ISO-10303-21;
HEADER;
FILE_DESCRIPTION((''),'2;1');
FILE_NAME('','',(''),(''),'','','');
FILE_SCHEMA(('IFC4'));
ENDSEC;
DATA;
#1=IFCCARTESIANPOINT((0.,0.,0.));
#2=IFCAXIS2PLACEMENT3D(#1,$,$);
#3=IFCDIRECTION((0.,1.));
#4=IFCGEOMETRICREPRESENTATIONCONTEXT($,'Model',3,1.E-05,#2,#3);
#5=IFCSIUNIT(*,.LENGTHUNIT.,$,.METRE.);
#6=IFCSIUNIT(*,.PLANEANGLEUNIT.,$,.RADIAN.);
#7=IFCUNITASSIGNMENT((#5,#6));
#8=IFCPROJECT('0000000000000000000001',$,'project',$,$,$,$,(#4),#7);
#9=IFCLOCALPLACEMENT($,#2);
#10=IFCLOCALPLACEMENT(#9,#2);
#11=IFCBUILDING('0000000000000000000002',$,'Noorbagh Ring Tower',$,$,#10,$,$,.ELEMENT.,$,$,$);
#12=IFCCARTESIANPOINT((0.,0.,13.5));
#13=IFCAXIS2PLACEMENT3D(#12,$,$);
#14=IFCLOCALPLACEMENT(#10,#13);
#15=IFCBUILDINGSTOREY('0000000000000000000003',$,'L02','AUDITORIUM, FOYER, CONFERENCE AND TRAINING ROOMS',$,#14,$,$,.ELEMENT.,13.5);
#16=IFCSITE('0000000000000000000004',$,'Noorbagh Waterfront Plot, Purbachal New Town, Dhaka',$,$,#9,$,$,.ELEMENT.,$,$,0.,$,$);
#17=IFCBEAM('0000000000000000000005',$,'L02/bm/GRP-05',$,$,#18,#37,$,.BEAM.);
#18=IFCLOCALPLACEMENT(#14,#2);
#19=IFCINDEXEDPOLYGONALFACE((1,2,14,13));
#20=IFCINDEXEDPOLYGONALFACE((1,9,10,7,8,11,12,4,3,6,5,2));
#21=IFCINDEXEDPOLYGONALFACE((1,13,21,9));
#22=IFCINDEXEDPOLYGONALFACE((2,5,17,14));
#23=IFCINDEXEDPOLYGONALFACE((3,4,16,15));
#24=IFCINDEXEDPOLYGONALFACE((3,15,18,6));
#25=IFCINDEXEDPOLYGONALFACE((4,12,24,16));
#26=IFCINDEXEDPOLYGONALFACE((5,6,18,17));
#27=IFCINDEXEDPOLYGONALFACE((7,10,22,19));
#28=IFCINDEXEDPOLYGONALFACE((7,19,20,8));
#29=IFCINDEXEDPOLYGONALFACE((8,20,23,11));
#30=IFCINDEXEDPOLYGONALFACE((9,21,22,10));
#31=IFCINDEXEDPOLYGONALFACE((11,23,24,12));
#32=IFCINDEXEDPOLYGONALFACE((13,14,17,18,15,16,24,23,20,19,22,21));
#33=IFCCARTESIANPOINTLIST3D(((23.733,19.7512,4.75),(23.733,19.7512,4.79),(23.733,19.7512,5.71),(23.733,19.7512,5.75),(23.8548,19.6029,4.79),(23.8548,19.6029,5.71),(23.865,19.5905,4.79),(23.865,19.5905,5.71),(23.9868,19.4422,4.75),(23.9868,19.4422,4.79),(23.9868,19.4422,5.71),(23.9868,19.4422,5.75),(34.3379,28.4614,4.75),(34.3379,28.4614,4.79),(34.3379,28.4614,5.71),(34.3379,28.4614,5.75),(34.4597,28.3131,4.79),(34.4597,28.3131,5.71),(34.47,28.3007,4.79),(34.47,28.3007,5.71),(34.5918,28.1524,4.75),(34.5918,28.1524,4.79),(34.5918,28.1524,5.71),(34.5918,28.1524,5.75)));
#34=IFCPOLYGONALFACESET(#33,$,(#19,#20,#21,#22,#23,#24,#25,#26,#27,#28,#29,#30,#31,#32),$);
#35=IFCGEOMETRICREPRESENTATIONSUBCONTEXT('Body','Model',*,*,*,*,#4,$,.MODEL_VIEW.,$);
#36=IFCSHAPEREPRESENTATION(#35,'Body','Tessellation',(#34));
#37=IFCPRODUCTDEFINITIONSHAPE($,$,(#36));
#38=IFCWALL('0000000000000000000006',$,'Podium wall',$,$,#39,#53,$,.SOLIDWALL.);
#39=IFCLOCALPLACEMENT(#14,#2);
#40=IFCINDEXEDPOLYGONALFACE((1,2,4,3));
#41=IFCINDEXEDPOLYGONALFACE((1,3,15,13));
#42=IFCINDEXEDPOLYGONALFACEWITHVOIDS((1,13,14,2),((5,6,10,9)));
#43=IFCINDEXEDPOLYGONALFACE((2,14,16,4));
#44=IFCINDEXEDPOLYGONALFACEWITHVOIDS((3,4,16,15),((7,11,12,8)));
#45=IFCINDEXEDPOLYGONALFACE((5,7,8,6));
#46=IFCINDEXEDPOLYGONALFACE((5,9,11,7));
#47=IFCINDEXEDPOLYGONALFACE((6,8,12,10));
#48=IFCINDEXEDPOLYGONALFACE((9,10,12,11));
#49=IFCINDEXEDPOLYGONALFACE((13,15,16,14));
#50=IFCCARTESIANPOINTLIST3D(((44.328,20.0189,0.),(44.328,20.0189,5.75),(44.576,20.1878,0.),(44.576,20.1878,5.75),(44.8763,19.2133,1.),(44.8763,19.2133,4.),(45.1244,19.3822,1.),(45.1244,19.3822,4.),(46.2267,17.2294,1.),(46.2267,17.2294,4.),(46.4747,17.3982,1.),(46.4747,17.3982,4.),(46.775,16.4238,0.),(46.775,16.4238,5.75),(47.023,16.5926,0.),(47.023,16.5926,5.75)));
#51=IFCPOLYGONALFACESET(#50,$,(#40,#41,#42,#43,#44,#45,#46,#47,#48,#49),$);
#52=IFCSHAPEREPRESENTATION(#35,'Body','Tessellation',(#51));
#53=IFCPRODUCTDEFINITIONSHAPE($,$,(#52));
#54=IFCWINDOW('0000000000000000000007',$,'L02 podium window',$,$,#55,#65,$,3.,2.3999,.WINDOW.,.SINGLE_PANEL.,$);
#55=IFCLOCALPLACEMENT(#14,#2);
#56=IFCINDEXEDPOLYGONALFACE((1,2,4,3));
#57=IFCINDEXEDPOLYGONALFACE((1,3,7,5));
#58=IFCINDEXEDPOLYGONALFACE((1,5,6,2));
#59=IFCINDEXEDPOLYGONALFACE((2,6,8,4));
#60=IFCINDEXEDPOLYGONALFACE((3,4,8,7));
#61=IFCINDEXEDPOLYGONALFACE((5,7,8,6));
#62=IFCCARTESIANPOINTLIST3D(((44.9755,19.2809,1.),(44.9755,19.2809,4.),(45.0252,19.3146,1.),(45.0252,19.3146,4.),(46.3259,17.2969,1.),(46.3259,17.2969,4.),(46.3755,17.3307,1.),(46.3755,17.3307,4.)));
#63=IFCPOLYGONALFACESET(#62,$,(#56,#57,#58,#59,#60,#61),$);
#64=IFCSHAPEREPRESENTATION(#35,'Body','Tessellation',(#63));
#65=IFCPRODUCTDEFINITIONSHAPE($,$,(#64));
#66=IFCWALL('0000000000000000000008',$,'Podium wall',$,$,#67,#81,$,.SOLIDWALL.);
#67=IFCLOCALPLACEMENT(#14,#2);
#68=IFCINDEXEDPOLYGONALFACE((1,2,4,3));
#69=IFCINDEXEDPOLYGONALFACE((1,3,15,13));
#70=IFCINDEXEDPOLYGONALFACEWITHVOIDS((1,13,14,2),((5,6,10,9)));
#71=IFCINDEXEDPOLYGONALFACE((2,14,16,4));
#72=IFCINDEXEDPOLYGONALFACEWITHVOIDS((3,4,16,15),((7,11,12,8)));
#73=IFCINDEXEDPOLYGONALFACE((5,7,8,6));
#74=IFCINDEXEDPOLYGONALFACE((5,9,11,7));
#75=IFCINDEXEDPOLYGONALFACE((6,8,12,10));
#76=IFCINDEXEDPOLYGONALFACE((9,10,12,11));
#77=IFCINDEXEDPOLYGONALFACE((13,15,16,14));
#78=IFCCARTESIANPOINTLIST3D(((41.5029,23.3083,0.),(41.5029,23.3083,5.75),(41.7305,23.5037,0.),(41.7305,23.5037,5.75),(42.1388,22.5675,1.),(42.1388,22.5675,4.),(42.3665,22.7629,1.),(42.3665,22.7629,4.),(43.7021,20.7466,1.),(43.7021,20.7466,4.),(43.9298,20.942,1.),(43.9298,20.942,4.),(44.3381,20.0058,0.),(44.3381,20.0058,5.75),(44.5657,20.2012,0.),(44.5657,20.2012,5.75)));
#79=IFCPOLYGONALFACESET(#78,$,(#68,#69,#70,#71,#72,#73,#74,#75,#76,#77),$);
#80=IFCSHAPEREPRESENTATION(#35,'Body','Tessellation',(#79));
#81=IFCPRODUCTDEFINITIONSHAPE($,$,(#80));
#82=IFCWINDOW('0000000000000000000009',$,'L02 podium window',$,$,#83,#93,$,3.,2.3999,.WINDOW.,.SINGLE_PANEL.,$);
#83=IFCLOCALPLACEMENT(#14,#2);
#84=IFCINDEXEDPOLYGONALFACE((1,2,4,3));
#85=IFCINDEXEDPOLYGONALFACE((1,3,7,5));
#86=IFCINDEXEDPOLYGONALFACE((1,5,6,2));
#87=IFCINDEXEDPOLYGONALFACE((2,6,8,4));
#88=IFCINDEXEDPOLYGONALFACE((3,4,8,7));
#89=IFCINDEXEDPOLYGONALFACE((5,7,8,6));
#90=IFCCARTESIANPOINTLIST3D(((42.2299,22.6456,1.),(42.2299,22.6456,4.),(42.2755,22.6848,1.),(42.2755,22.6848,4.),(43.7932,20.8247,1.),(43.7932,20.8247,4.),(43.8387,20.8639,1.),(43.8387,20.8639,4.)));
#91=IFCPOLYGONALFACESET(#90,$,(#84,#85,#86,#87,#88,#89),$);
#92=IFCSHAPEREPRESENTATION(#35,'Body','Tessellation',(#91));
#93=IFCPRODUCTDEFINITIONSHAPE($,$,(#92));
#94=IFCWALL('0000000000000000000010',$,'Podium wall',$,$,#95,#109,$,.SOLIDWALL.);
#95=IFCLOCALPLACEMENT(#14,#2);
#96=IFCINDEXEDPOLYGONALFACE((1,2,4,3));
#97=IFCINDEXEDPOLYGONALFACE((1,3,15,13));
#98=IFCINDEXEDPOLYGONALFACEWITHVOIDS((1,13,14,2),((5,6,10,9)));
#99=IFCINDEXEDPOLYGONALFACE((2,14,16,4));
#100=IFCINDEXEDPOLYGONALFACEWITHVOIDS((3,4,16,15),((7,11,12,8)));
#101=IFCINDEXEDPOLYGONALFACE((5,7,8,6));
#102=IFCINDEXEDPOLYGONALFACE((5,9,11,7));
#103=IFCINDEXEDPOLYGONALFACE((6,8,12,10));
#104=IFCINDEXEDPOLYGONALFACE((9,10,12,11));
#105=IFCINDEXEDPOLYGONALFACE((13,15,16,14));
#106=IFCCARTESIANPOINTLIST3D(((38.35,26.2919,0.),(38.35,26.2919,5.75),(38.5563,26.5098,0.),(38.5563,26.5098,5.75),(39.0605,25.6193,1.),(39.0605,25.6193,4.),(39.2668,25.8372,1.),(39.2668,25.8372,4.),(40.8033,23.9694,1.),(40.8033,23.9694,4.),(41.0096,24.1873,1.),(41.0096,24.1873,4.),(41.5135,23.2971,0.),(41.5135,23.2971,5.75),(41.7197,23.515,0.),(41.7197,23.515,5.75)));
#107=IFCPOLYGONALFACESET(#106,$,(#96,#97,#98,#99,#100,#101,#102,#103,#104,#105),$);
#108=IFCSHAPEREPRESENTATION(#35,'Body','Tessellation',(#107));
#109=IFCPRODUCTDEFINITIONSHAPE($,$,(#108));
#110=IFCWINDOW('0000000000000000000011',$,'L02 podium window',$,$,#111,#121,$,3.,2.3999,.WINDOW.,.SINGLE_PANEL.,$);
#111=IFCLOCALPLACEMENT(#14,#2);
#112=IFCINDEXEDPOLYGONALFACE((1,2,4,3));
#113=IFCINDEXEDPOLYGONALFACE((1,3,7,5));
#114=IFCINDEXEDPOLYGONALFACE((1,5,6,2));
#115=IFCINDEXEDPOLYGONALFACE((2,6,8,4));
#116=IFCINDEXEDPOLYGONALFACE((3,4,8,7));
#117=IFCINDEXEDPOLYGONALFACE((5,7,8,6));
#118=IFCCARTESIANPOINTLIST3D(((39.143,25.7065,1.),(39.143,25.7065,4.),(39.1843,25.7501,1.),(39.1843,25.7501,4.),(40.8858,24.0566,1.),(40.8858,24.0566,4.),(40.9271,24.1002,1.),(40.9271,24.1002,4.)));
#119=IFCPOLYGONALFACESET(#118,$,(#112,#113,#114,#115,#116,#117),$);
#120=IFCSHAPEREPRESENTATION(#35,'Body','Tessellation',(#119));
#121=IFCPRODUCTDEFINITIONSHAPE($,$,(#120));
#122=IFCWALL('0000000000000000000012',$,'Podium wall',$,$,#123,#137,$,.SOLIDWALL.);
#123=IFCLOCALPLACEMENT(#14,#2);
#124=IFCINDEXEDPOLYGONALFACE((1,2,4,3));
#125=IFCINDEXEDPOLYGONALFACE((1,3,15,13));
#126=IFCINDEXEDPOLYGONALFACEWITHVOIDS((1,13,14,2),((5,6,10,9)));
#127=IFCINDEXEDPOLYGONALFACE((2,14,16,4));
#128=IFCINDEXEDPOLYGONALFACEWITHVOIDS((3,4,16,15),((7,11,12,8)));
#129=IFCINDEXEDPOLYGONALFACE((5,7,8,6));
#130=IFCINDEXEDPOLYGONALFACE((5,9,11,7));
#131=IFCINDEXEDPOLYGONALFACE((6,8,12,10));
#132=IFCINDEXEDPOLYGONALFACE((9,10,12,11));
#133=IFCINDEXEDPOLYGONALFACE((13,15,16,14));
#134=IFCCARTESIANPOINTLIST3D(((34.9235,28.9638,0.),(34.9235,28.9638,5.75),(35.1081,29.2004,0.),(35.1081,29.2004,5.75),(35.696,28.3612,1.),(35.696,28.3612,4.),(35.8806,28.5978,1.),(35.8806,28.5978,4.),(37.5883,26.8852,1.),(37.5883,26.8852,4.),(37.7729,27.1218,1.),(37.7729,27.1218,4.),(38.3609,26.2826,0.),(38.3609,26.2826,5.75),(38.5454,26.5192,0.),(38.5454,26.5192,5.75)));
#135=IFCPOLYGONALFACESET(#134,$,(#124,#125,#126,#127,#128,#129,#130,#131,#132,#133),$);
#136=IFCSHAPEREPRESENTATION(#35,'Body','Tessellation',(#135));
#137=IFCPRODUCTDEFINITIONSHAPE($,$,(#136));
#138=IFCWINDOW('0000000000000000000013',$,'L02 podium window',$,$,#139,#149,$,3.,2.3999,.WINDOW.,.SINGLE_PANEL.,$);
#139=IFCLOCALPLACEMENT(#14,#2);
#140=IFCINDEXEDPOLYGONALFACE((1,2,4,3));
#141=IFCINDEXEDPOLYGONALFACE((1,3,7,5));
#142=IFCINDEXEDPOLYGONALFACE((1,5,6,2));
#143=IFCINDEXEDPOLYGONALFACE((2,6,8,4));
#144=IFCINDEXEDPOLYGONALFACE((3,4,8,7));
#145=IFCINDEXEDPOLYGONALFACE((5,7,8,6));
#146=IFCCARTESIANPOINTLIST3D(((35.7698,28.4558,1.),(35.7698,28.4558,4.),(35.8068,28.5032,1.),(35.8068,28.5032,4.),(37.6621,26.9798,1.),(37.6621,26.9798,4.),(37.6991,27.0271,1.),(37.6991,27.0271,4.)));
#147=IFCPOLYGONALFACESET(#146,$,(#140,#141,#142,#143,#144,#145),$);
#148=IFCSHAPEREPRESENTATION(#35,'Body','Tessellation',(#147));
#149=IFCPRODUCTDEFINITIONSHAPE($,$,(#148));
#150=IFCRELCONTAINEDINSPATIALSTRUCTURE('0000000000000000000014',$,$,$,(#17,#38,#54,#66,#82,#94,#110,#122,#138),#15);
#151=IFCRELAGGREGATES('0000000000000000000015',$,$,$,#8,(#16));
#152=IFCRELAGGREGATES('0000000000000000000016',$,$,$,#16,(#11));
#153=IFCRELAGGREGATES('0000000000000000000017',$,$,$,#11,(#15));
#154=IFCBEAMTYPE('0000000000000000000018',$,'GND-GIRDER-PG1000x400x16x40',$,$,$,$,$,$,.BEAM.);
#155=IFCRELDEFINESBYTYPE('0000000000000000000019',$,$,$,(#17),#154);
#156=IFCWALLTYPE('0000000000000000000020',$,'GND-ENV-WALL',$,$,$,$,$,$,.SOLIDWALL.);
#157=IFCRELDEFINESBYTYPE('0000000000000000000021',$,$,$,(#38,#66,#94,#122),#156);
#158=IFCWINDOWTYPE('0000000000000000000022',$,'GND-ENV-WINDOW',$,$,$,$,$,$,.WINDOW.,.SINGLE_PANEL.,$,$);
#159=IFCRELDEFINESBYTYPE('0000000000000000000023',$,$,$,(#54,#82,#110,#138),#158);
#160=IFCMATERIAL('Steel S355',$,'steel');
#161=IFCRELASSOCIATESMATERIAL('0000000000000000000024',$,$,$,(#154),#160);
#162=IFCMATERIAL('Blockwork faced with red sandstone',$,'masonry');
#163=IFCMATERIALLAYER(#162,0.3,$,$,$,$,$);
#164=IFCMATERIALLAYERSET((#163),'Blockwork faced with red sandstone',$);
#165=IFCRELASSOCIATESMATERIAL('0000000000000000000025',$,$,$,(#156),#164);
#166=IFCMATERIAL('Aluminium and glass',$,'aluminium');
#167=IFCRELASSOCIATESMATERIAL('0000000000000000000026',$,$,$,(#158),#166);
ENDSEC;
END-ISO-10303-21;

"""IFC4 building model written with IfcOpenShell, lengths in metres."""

from ifc_helpers import new_model, si_unit, direction, frame, frame_2d, origin, origin_2d, place, context, subcontext, project, spatial, rectangle, i_section, extrude, material, layer, layer_set, material_profile, profile_set, type_object, element, fill, save


model = new_model("IFC4")

# Units and contexts
model_context = context("Model", 3, precision=1e-05, world=origin(), true_north=direction((0.0, 1.0)))
body_context = subcontext(model_context, "Body", "Model", "MODEL_VIEW")
ifc_project = project(units=[si_unit("LENGTHUNIT", "METRE"), si_unit("PLANEANGLEUNIT", "RADIAN")], contexts=[model_context])

# Site, building, storey
site_placement = place(None, origin())
site = spatial("IfcSite", under=ifc_project, at=site_placement, Name="Noorbagh Waterfront Plot, Purbachal New Town, Dhaka", CompositionType="ELEMENT", RefElevation=0.0)
building_placement = place(site_placement, origin())
building = spatial("IfcBuilding", under=site, at=building_placement, Name="Noorbagh Ring Tower", CompositionType="ELEMENT")
storey_placement = place(building_placement, frame((0.0, 0.0, 13.5)))
storey = spatial("IfcBuildingStorey", under=building, at=storey_placement, Name="L02", Description="AUDITORIUM, FOYER, CONFERENCE AND TRAINING ROOMS", CompositionType="ELEMENT", Elevation=13.5)

# Beam
ifc_material_1 = material(Name="Steel S355", Category="steel")
ifc_material_profile_1 = material_profile(ifc_material_1, i_section(OverallWidth=0.3999, OverallDepth=1.0, WebThickness=0.0161, FlangeThickness=0.04, at=origin_2d()), Name="PG1000x400x16x40")
ifc_profile_set_1 = profile_set([ifc_material_profile_1], Name="Steel S355")
beam_type_1 = type_object("IfcBeamType", Name="GND-GIRDER-PG1000x400x16x40", PredefinedType="BEAM", material=ifc_profile_set_1)
beam_1_placement = place(storey_placement, frame((34.4648, 28.3069, 5.25), z_axis=(-0.772763, -0.634695, 0.0), x_axis=(0.634695, -0.772763, 0.0)))
element("IfcBeam", 1, at=beam_1_placement, inside=storey, type_object=beam_type_1, Name="L02/bm/GRP-05", PredefinedType="BEAM", context=body_context, shape_type="SweptSolid", body=[
    extrude(i_section(OverallWidth=0.3999, OverallDepth=1.0, WebThickness=0.0161, FlangeThickness=0.04, at=origin_2d()), origin(), (0.0, 0.0, 1.0), 13.7234),
])

# Walls, openings, windows
ifc_material_2 = material(Name="Blockwork faced with red sandstone", Category="masonry")
ifc_layer_1 = layer(ifc_material_2, 0.3)
ifc_layer_set_1 = layer_set([ifc_layer_1], Name="Blockwork faced with red sandstone")
wall_type_1 = type_object("IfcWallType", Name="GND-ENV-WALL", PredefinedType="SOLIDWALL", material=ifc_layer_set_1)
wall_1_placement = place(storey_placement, frame((46.8989, 16.5083, 0.0), z_axis=(0.0, 0.0, 1.0), x_axis=(-0.562668, 0.826683, 0.0)))
wall_1 = element("IfcWall", 2, at=wall_1_placement, inside=storey, type_object=wall_type_1, Name="Podium wall", PredefinedType="SOLIDWALL", context=body_context, shape_type="SweptSolid", body=[
    extrude(rectangle(XDim=4.3489, YDim=0.3, at=frame_2d((2.1743, 0.0))), origin(), (0.0, 0.0, 1.0), 5.75),
])
opening_1_placement = place(wall_1_placement, frame((0.9744, 0.0, 1.0)))
opening_1 = element("IfcOpeningElement", 3, at=opening_1_placement, cuts=wall_1, PredefinedType="OPENING", context=body_context, shape_type="SweptSolid", body=[
    extrude(rectangle(XDim=2.3999, YDim=3.0, at=frame_2d((1.2, 1.5))), frame((0.0, 0.1602, 0.0), z_axis=(0.0, -1.0, 0.0), x_axis=(1.0, 0.0, 0.0)), (0.0, 0.0, 1.0), 0.3201),
])
ifc_material_3 = material(Name="Aluminium and glass", Category="aluminium")
window_type = type_object("IfcWindowType", Name="GND-ENV-WINDOW", PartitioningType="SINGLE_PANEL", PredefinedType="WINDOW", material=ifc_material_3)
window_1_placement = place(opening_1_placement, origin())
window_1 = element("IfcWindow", 4, at=window_1_placement, inside=storey, type_object=window_type, Name="L02 podium window", OverallHeight=3.0, OverallWidth=2.3999, PartitioningType="SINGLE_PANEL", PredefinedType="WINDOW", context=body_context, shape_type="SweptSolid", body=[
    extrude(rectangle(XDim=2.3999, YDim=3.0, at=frame_2d((1.2, 1.5))), frame((0.0, 0.03, 0.0), z_axis=(0.0, -1.0, 0.0), x_axis=(1.0, 0.0, 0.0)), (0.0, 0.0, 1.0), 0.0601),
])
fill(opening_1, window_1)
wall_2_placement = place(storey_placement, frame((44.4519, 20.1035, 0.0), z_axis=(0.0, 0.0, 1.0), x_axis=(-0.651387, 0.758746, 0.0)))
wall_2 = element("IfcWall", 5, at=wall_2_placement, inside=storey, type_object=wall_type_1, Name="Podium wall", PredefinedType="SOLIDWALL", context=body_context, shape_type="SweptSolid", body=[
    extrude(rectangle(XDim=4.3525, YDim=0.3, at=frame_2d((2.1763, 0.0))), origin(), (0.0, 0.0, 1.0), 5.75),
])
opening_2_placement = place(wall_2_placement, frame((0.9763, 0.0, 1.0)))
opening_2 = element("IfcOpeningElement", 6, at=opening_2_placement, cuts=wall_2, PredefinedType="OPENING", context=body_context, shape_type="SweptSolid", body=[
    extrude(rectangle(XDim=2.3999, YDim=3.0, at=frame_2d((1.2, 1.5))), frame((0.0, 0.1602, 0.0), z_axis=(0.0, -1.0, 0.0), x_axis=(1.0, 0.0, 0.0)), (0.0, 0.0, 1.0), 0.3201),
])
window_2_placement = place(opening_2_placement, origin())
window_2 = element("IfcWindow", 7, at=window_2_placement, inside=storey, type_object=window_type, Name="L02 podium window", OverallHeight=3.0, OverallWidth=2.3999, PartitioningType="SINGLE_PANEL", PredefinedType="WINDOW", context=body_context, shape_type="SweptSolid", body=[
    extrude(rectangle(XDim=2.3999, YDim=3.0, at=frame_2d((1.2, 1.5))), frame((0.0, 0.03, 0.0), z_axis=(0.0, -1.0, 0.0), x_axis=(1.0, 0.0, 0.0)), (0.0, 0.0, 1.0), 0.0601),
])
fill(opening_2, window_2)
wall_3_placement = place(storey_placement, frame((41.6167, 23.406, 0.0), z_axis=(0.0, 0.0, 1.0), x_axis=(-0.726204, 0.687479, 0.0)))
wall_3 = element("IfcWall", 8, at=wall_3_placement, inside=storey, type_object=wall_type_1, Name="Podium wall", PredefinedType="SOLIDWALL", context=body_context, shape_type="SweptSolid", body=[
    extrude(rectangle(XDim=4.3562, YDim=0.3, at=frame_2d((2.1782, 0.0))), origin(), (0.0, 0.0, 1.0), 5.75),
])
opening_3_placement = place(wall_3_placement, frame((0.978, 0.0, 1.0)))
opening_3 = element("IfcOpeningElement", 9, at=opening_3_placement, cuts=wall_3, PredefinedType="OPENING", context=body_context, shape_type="SweptSolid", body=[
    extrude(rectangle(XDim=2.3999, YDim=3.0, at=frame_2d((1.2, 1.5))), frame((0.0, 0.1602, 0.0), z_axis=(0.0, -1.0, 0.0), x_axis=(1.0, 0.0, 0.0)), (0.0, 0.0, 1.0), 0.3201),
])
window_3_placement = place(opening_3_placement, origin())
window_3 = element("IfcWindow", 10, at=window_3_placement, inside=storey, type_object=window_type, Name="L02 podium window", OverallHeight=3.0, OverallWidth=2.3999, PartitioningType="SINGLE_PANEL", PredefinedType="WINDOW", context=body_context, shape_type="SweptSolid", body=[
    extrude(rectangle(XDim=2.3999, YDim=3.0, at=frame_2d((1.2, 1.5))), frame((0.0, 0.03, 0.0), z_axis=(0.0, -1.0, 0.0), x_axis=(1.0, 0.0, 0.0)), (0.0, 0.0, 1.0), 0.0601),
])
fill(opening_3, window_3)
wall_4_placement = place(storey_placement, frame((38.4531, 26.4009, 0.0), z_axis=(0.0, 0.0, 1.0), x_axis=(-0.788492, 0.615045, 0.0)))
wall_4 = element("IfcWall", 11, at=wall_4_placement, inside=storey, type_object=wall_type_1, Name="Podium wall", PredefinedType="SOLIDWALL", context=body_context, shape_type="SweptSolid", body=[
    extrude(rectangle(XDim=4.3594, YDim=0.3, at=frame_2d((2.1797, 0.0))), origin(), (0.0, 0.0, 1.0), 5.75),
])
opening_4_placement = place(wall_4_placement, frame((0.9797, 0.0, 1.0)))
opening_4 = element("IfcOpeningElement", 12, at=opening_4_placement, cuts=wall_4, PredefinedType="OPENING", context=body_context, shape_type="SweptSolid", body=[
    extrude(rectangle(XDim=2.3999, YDim=3.0, at=frame_2d((1.2, 1.5))), frame((0.0, 0.1602, 0.0), z_axis=(0.0, -1.0, 0.0), x_axis=(1.0, 0.0, 0.0)), (0.0, 0.0, 1.0), 0.3201),
])
window_4_placement = place(opening_4_placement, origin())
window_4 = element("IfcWindow", 13, at=window_4_placement, inside=storey, type_object=window_type, Name="L02 podium window", OverallHeight=3.0, OverallWidth=2.3999, PartitioningType="SINGLE_PANEL", PredefinedType="WINDOW", context=body_context, shape_type="SweptSolid", body=[
    extrude(rectangle(XDim=2.3999, YDim=3.0, at=frame_2d((1.2, 1.5))), frame((0.0, 0.03, 0.0), z_axis=(0.0, -1.0, 0.0), x_axis=(1.0, 0.0, 0.0)), (0.0, 0.0, 1.0), 0.0601),
])
fill(opening_4, window_4)

save(model, "model.ifc")
